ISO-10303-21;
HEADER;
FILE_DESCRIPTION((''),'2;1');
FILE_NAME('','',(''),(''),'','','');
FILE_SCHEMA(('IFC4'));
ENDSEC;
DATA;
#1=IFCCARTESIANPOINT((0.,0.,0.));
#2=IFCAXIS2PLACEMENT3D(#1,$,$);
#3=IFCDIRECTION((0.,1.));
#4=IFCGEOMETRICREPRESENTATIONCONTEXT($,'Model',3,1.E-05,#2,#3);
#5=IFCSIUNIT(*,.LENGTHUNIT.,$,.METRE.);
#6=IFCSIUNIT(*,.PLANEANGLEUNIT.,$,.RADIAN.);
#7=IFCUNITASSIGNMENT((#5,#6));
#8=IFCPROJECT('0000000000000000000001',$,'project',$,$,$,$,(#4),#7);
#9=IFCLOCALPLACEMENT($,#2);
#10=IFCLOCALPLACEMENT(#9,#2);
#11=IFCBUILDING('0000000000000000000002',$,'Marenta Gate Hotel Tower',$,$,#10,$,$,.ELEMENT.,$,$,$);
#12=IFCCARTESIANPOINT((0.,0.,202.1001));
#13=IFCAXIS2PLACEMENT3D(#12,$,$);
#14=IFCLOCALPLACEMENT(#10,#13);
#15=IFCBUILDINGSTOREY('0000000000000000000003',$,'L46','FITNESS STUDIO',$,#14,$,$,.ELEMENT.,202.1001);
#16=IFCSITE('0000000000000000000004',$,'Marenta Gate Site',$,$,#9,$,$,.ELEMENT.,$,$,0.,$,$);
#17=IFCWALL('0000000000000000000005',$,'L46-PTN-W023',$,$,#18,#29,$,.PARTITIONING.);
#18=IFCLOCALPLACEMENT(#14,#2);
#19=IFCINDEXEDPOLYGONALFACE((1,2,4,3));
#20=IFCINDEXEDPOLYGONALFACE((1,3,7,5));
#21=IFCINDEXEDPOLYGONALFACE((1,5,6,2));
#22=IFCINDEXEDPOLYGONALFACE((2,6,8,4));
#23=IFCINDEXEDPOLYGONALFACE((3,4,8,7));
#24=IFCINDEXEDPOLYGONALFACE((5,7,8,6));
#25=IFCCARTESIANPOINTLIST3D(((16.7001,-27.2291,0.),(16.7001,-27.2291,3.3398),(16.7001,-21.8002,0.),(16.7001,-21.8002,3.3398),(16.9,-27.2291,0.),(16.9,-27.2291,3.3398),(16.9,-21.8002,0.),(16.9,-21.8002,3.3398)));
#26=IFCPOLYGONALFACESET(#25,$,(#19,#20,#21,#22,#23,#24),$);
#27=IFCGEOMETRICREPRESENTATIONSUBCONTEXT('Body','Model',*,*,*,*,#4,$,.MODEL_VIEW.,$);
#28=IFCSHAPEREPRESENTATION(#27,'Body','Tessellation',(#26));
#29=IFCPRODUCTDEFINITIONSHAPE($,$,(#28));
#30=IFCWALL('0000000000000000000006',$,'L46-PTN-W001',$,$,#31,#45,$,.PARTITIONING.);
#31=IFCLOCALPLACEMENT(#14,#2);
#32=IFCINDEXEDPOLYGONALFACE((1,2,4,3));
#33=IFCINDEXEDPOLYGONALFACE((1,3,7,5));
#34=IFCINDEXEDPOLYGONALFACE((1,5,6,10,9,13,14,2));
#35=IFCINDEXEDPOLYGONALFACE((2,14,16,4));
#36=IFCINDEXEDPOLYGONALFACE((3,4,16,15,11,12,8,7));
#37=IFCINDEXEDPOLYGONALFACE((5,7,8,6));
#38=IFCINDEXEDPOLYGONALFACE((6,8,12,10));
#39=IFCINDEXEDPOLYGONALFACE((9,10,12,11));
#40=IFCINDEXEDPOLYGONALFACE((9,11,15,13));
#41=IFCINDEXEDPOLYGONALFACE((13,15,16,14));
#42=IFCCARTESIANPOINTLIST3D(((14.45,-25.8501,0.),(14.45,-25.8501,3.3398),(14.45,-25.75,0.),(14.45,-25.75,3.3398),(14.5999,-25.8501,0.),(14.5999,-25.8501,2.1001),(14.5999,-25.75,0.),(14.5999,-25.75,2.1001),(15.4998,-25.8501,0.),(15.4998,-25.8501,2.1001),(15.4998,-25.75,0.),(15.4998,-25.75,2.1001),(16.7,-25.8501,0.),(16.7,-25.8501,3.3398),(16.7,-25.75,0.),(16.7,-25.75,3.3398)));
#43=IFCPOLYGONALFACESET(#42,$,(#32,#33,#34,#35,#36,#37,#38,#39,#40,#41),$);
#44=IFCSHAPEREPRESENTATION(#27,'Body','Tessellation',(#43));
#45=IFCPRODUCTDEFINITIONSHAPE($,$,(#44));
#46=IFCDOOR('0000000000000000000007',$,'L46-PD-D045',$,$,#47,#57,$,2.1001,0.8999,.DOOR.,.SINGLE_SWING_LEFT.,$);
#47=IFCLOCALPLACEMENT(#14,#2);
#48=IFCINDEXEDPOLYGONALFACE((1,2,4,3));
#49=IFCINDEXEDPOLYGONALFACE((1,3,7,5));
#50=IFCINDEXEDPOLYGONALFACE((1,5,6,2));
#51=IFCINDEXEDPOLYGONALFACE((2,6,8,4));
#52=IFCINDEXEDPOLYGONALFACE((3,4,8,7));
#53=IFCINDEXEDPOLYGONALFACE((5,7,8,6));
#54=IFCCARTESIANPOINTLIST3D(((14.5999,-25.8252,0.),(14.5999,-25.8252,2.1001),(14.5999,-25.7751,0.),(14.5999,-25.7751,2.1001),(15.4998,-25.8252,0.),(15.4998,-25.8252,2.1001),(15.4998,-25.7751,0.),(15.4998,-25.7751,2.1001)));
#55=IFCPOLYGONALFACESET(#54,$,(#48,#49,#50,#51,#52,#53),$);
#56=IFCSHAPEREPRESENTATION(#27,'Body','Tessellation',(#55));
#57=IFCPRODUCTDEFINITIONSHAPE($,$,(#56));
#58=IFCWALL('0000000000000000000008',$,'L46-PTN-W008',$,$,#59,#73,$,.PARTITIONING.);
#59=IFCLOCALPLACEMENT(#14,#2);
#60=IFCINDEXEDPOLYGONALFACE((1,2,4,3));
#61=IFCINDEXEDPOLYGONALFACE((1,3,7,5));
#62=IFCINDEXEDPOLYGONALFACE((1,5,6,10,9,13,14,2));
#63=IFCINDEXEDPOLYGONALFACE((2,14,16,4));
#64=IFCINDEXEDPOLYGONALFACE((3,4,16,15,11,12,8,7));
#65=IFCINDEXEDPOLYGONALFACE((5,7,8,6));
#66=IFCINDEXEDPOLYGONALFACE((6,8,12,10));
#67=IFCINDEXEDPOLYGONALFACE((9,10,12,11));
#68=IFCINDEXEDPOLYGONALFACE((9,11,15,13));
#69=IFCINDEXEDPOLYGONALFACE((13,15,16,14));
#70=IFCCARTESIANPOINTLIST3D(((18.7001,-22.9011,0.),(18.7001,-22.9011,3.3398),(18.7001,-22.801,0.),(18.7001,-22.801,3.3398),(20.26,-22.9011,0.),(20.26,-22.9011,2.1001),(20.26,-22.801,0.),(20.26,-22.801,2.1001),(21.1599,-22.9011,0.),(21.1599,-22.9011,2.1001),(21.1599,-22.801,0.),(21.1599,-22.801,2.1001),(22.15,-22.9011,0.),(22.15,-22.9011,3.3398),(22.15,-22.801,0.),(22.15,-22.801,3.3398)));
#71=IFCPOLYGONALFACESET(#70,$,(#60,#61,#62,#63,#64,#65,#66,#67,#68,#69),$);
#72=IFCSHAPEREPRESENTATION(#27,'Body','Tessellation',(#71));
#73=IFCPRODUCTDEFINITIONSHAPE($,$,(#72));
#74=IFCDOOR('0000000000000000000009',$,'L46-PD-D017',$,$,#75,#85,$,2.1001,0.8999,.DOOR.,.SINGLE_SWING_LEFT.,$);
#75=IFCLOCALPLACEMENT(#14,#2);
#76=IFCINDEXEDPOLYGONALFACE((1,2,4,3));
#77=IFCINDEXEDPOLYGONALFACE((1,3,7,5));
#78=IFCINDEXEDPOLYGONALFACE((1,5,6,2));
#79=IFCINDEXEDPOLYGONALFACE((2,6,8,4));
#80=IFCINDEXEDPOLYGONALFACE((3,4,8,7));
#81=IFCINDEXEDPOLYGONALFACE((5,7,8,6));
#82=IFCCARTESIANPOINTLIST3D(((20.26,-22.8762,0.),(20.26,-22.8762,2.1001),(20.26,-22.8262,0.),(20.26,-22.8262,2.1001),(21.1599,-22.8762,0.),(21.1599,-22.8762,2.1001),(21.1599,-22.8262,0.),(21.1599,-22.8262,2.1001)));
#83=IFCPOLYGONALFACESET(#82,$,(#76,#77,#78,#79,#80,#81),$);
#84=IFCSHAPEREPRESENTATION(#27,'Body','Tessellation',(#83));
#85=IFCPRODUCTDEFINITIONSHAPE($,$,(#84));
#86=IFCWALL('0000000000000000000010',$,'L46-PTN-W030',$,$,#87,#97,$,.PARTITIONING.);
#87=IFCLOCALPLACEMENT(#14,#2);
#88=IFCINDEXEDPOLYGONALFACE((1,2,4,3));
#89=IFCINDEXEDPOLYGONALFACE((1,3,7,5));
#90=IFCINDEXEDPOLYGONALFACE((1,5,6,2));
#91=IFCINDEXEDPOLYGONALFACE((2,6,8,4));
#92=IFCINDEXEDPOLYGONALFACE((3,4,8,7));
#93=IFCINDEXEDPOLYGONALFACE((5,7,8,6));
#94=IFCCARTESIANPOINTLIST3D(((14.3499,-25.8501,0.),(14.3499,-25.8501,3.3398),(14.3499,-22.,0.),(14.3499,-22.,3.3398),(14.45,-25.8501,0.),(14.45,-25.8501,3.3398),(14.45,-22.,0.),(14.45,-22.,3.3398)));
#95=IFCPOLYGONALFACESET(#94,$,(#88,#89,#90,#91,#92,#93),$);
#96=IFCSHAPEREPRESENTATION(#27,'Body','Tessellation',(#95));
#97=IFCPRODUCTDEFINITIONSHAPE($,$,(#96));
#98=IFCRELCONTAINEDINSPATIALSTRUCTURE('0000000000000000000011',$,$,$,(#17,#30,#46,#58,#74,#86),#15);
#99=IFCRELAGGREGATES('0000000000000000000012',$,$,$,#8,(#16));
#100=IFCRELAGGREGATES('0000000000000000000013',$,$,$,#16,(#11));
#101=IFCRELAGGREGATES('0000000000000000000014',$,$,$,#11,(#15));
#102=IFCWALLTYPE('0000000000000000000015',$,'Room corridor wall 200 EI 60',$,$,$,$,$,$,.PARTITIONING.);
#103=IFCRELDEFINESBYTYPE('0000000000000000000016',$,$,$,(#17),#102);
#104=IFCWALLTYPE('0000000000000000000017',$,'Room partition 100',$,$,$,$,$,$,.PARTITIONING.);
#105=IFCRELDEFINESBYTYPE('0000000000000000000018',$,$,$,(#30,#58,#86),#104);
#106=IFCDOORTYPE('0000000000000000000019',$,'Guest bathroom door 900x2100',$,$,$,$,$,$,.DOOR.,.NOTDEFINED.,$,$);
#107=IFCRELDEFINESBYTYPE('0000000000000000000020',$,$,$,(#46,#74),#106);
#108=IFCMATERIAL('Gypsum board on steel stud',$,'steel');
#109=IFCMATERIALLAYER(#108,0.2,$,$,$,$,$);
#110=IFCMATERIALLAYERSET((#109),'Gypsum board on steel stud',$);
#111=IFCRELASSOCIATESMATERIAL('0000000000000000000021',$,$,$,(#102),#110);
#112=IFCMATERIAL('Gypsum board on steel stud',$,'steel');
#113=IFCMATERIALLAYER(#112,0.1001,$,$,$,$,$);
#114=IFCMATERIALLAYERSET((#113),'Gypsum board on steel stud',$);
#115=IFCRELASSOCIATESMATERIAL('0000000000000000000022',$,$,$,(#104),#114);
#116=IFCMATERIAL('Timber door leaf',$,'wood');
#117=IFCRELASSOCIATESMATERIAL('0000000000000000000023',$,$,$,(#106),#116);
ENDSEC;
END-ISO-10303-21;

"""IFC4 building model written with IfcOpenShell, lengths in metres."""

from ifc_helpers import new_model, si_unit, direction, frame, frame_2d, origin, place, context, subcontext, project, spatial, rectangle, extrude, material, layer, layer_set, type_object, element, fill, save


model = new_model("IFC4")

# Units and contexts
model_context = context("Model", 3, precision=1e-05, world=origin(), true_north=direction((0.0, 1.0)))
body_context = subcontext(model_context, "Body", "Model", "MODEL_VIEW")
ifc_project = project(units=[si_unit("LENGTHUNIT", "METRE"), si_unit("PLANEANGLEUNIT", "RADIAN")], contexts=[model_context])

# Site, building, storey
site_placement = place(None, origin())
site = spatial("IfcSite", under=ifc_project, at=site_placement, Name="Marenta Gate Site", CompositionType="ELEMENT", RefElevation=0.0)
building_placement = place(site_placement, origin())
building = spatial("IfcBuilding", under=site, at=building_placement, Name="Marenta Gate Hotel Tower", CompositionType="ELEMENT")
storey_placement = place(building_placement, frame((0.0, 0.0, 202.1001)))
storey = spatial("IfcBuildingStorey", under=building, at=storey_placement, Name="L46", Description="FITNESS STUDIO", CompositionType="ELEMENT", Elevation=202.1001)

# Shared definitions
ifc_material_1 = material(Name="Gypsum board on steel stud", Category="steel")
ifc_layer_1 = layer(ifc_material_1, 0.2)
ifc_layer_set_1 = layer_set([ifc_layer_1], Name="Gypsum board on steel stud")
wall_type_1 = type_object("IfcWallType", Name="Room corridor wall 200 EI 60", PredefinedType="PARTITIONING", material=ifc_layer_set_1)

# Wall
wall_1_placement = place(storey_placement, frame((16.8, -27.229, 0.0), z_axis=(0.0, 0.0, 1.0), x_axis=(0.0, 1.0, 0.0)))
element("IfcWall", 1, at=wall_1_placement, inside=storey, type_object=wall_type_1, Name="L46-PTN-W023", PredefinedType="PARTITIONING", context=body_context, shape_type="SweptSolid", body=[
    extrude(rectangle(XDim=5.429, YDim=0.2, at=frame_2d((2.7144, 0.0))), origin(), (0.0, 0.0, 1.0), 3.3398),
])

# Walls, openings, doors
ifc_material_2 = material(Name="Gypsum board on steel stud", Category="steel")
ifc_layer_2 = layer(ifc_material_2, 0.1001)
ifc_layer_set_2 = layer_set([ifc_layer_2], Name="Gypsum board on steel stud")
wall_type_2 = type_object("IfcWallType", Name="Room partition 100", PredefinedType="PARTITIONING", material=ifc_layer_set_2)
wall_2_placement = place(storey_placement, frame((14.45, -25.8, 0.0), z_axis=(0.0, 0.0, 1.0), x_axis=(1.0, 0.0, 0.0)))
wall_2 = element("IfcWall", 2, at=wall_2_placement, inside=storey, type_object=wall_type_2, Name="L46-PTN-W001", PredefinedType="PARTITIONING", context=body_context, shape_type="SweptSolid", body=[
    extrude(rectangle(XDim=2.25, YDim=0.1001, at=frame_2d((1.125, 0.0))), origin(), (0.0, 0.0, 1.0), 3.3398),
])
opening_1_placement = place(wall_2_placement, frame((0.1499, 0.0, 0.0)))
opening_1 = element("IfcOpeningElement", 3, at=opening_1_placement, cuts=wall_2, PredefinedType="OPENING", context=body_context, shape_type="SweptSolid", body=[
    extrude(rectangle(XDim=0.8999, YDim=2.1001, at=frame_2d((0.45, 1.05))), frame((0.0, 0.05, 0.0), z_axis=(0.0, -1.0, 0.0), x_axis=(1.0, 0.0, 0.0)), (0.0, 0.0, 1.0), 0.1001),
])
ifc_material_3 = material(Name="Timber door leaf", Category="wood")
door_type_1 = type_object("IfcDoorType", Name="Guest bathroom door 900x2100", OperationType="NOTDEFINED", PredefinedType="DOOR", material=ifc_material_3)
door_1_placement = place(opening_1_placement, origin())
door_1 = element("IfcDoor", 4, at=door_1_placement, inside=storey, type_object=door_type_1, Name="L46-PD-D045", OperationType="SINGLE_SWING_LEFT", OverallHeight=2.1001, OverallWidth=0.8999, PredefinedType="DOOR", context=body_context, shape_type="SweptSolid", body=[
    extrude(rectangle(XDim=0.8999, YDim=2.1001, at=frame_2d((0.45, 1.05))), frame((0.0, 0.0249, 0.0), z_axis=(0.0, -1.0, 0.0), x_axis=(1.0, 0.0, 0.0)), (0.0, 0.0, 1.0), 0.05),
])
fill(opening_1, door_1)
wall_3_placement = place(storey_placement, frame((18.7, -22.8511, 0.0), z_axis=(0.0, 0.0, 1.0), x_axis=(1.0, 0.0, 0.0)))
wall_3 = element("IfcWall", 5, at=wall_3_placement, inside=storey, type_object=wall_type_2, Name="L46-PTN-W008", PredefinedType="PARTITIONING", context=body_context, shape_type="SweptSolid", body=[
    extrude(rectangle(XDim=3.45, YDim=0.1001, at=frame_2d((1.7251, 0.0))), origin(), (0.0, 0.0, 1.0), 3.3398),
])
opening_2_placement = place(wall_3_placement, frame((1.5601, 0.0, 0.0)))
opening_2 = element("IfcOpeningElement", 6, at=opening_2_placement, cuts=wall_3, PredefinedType="OPENING", context=body_context, shape_type="SweptSolid", body=[
    extrude(rectangle(XDim=0.8999, YDim=2.1001, at=frame_2d((0.45, 1.05))), frame((0.0, 0.05, 0.0), z_axis=(0.0, -1.0, 0.0), x_axis=(1.0, 0.0, 0.0)), (0.0, 0.0, 1.0), 0.1001),
])
door_2_placement = place(opening_2_placement, origin())
door_2 = element("IfcDoor", 7, at=door_2_placement, inside=storey, type_object=door_type_1, Name="L46-PD-D017", OperationType="SINGLE_SWING_LEFT", OverallHeight=2.1001, OverallWidth=0.8999, PredefinedType="DOOR", context=body_context, shape_type="SweptSolid", body=[
    extrude(rectangle(XDim=0.8999, YDim=2.1001, at=frame_2d((0.45, 1.05))), frame((0.0, 0.0249, 0.0), z_axis=(0.0, -1.0, 0.0), x_axis=(1.0, 0.0, 0.0)), (0.0, 0.0, 1.0), 0.05),
])
fill(opening_2, door_2)

# Wall
wall_4_placement = place(storey_placement, frame((14.3999, -25.8501, 0.0), z_axis=(0.0, 0.0, 1.0), x_axis=(0.0, 1.0, 0.0)))
element("IfcWall", 8, at=wall_4_placement, inside=storey, type_object=wall_type_2, Name="L46-PTN-W030", PredefinedType="PARTITIONING", context=body_context, shape_type="SweptSolid", body=[
    extrude(rectangle(XDim=3.8501, YDim=0.1001, at=frame_2d((1.925, 0.0))), origin(), (0.0, 0.0, 1.0), 3.3398),
])

save(model, "model.ifc")
